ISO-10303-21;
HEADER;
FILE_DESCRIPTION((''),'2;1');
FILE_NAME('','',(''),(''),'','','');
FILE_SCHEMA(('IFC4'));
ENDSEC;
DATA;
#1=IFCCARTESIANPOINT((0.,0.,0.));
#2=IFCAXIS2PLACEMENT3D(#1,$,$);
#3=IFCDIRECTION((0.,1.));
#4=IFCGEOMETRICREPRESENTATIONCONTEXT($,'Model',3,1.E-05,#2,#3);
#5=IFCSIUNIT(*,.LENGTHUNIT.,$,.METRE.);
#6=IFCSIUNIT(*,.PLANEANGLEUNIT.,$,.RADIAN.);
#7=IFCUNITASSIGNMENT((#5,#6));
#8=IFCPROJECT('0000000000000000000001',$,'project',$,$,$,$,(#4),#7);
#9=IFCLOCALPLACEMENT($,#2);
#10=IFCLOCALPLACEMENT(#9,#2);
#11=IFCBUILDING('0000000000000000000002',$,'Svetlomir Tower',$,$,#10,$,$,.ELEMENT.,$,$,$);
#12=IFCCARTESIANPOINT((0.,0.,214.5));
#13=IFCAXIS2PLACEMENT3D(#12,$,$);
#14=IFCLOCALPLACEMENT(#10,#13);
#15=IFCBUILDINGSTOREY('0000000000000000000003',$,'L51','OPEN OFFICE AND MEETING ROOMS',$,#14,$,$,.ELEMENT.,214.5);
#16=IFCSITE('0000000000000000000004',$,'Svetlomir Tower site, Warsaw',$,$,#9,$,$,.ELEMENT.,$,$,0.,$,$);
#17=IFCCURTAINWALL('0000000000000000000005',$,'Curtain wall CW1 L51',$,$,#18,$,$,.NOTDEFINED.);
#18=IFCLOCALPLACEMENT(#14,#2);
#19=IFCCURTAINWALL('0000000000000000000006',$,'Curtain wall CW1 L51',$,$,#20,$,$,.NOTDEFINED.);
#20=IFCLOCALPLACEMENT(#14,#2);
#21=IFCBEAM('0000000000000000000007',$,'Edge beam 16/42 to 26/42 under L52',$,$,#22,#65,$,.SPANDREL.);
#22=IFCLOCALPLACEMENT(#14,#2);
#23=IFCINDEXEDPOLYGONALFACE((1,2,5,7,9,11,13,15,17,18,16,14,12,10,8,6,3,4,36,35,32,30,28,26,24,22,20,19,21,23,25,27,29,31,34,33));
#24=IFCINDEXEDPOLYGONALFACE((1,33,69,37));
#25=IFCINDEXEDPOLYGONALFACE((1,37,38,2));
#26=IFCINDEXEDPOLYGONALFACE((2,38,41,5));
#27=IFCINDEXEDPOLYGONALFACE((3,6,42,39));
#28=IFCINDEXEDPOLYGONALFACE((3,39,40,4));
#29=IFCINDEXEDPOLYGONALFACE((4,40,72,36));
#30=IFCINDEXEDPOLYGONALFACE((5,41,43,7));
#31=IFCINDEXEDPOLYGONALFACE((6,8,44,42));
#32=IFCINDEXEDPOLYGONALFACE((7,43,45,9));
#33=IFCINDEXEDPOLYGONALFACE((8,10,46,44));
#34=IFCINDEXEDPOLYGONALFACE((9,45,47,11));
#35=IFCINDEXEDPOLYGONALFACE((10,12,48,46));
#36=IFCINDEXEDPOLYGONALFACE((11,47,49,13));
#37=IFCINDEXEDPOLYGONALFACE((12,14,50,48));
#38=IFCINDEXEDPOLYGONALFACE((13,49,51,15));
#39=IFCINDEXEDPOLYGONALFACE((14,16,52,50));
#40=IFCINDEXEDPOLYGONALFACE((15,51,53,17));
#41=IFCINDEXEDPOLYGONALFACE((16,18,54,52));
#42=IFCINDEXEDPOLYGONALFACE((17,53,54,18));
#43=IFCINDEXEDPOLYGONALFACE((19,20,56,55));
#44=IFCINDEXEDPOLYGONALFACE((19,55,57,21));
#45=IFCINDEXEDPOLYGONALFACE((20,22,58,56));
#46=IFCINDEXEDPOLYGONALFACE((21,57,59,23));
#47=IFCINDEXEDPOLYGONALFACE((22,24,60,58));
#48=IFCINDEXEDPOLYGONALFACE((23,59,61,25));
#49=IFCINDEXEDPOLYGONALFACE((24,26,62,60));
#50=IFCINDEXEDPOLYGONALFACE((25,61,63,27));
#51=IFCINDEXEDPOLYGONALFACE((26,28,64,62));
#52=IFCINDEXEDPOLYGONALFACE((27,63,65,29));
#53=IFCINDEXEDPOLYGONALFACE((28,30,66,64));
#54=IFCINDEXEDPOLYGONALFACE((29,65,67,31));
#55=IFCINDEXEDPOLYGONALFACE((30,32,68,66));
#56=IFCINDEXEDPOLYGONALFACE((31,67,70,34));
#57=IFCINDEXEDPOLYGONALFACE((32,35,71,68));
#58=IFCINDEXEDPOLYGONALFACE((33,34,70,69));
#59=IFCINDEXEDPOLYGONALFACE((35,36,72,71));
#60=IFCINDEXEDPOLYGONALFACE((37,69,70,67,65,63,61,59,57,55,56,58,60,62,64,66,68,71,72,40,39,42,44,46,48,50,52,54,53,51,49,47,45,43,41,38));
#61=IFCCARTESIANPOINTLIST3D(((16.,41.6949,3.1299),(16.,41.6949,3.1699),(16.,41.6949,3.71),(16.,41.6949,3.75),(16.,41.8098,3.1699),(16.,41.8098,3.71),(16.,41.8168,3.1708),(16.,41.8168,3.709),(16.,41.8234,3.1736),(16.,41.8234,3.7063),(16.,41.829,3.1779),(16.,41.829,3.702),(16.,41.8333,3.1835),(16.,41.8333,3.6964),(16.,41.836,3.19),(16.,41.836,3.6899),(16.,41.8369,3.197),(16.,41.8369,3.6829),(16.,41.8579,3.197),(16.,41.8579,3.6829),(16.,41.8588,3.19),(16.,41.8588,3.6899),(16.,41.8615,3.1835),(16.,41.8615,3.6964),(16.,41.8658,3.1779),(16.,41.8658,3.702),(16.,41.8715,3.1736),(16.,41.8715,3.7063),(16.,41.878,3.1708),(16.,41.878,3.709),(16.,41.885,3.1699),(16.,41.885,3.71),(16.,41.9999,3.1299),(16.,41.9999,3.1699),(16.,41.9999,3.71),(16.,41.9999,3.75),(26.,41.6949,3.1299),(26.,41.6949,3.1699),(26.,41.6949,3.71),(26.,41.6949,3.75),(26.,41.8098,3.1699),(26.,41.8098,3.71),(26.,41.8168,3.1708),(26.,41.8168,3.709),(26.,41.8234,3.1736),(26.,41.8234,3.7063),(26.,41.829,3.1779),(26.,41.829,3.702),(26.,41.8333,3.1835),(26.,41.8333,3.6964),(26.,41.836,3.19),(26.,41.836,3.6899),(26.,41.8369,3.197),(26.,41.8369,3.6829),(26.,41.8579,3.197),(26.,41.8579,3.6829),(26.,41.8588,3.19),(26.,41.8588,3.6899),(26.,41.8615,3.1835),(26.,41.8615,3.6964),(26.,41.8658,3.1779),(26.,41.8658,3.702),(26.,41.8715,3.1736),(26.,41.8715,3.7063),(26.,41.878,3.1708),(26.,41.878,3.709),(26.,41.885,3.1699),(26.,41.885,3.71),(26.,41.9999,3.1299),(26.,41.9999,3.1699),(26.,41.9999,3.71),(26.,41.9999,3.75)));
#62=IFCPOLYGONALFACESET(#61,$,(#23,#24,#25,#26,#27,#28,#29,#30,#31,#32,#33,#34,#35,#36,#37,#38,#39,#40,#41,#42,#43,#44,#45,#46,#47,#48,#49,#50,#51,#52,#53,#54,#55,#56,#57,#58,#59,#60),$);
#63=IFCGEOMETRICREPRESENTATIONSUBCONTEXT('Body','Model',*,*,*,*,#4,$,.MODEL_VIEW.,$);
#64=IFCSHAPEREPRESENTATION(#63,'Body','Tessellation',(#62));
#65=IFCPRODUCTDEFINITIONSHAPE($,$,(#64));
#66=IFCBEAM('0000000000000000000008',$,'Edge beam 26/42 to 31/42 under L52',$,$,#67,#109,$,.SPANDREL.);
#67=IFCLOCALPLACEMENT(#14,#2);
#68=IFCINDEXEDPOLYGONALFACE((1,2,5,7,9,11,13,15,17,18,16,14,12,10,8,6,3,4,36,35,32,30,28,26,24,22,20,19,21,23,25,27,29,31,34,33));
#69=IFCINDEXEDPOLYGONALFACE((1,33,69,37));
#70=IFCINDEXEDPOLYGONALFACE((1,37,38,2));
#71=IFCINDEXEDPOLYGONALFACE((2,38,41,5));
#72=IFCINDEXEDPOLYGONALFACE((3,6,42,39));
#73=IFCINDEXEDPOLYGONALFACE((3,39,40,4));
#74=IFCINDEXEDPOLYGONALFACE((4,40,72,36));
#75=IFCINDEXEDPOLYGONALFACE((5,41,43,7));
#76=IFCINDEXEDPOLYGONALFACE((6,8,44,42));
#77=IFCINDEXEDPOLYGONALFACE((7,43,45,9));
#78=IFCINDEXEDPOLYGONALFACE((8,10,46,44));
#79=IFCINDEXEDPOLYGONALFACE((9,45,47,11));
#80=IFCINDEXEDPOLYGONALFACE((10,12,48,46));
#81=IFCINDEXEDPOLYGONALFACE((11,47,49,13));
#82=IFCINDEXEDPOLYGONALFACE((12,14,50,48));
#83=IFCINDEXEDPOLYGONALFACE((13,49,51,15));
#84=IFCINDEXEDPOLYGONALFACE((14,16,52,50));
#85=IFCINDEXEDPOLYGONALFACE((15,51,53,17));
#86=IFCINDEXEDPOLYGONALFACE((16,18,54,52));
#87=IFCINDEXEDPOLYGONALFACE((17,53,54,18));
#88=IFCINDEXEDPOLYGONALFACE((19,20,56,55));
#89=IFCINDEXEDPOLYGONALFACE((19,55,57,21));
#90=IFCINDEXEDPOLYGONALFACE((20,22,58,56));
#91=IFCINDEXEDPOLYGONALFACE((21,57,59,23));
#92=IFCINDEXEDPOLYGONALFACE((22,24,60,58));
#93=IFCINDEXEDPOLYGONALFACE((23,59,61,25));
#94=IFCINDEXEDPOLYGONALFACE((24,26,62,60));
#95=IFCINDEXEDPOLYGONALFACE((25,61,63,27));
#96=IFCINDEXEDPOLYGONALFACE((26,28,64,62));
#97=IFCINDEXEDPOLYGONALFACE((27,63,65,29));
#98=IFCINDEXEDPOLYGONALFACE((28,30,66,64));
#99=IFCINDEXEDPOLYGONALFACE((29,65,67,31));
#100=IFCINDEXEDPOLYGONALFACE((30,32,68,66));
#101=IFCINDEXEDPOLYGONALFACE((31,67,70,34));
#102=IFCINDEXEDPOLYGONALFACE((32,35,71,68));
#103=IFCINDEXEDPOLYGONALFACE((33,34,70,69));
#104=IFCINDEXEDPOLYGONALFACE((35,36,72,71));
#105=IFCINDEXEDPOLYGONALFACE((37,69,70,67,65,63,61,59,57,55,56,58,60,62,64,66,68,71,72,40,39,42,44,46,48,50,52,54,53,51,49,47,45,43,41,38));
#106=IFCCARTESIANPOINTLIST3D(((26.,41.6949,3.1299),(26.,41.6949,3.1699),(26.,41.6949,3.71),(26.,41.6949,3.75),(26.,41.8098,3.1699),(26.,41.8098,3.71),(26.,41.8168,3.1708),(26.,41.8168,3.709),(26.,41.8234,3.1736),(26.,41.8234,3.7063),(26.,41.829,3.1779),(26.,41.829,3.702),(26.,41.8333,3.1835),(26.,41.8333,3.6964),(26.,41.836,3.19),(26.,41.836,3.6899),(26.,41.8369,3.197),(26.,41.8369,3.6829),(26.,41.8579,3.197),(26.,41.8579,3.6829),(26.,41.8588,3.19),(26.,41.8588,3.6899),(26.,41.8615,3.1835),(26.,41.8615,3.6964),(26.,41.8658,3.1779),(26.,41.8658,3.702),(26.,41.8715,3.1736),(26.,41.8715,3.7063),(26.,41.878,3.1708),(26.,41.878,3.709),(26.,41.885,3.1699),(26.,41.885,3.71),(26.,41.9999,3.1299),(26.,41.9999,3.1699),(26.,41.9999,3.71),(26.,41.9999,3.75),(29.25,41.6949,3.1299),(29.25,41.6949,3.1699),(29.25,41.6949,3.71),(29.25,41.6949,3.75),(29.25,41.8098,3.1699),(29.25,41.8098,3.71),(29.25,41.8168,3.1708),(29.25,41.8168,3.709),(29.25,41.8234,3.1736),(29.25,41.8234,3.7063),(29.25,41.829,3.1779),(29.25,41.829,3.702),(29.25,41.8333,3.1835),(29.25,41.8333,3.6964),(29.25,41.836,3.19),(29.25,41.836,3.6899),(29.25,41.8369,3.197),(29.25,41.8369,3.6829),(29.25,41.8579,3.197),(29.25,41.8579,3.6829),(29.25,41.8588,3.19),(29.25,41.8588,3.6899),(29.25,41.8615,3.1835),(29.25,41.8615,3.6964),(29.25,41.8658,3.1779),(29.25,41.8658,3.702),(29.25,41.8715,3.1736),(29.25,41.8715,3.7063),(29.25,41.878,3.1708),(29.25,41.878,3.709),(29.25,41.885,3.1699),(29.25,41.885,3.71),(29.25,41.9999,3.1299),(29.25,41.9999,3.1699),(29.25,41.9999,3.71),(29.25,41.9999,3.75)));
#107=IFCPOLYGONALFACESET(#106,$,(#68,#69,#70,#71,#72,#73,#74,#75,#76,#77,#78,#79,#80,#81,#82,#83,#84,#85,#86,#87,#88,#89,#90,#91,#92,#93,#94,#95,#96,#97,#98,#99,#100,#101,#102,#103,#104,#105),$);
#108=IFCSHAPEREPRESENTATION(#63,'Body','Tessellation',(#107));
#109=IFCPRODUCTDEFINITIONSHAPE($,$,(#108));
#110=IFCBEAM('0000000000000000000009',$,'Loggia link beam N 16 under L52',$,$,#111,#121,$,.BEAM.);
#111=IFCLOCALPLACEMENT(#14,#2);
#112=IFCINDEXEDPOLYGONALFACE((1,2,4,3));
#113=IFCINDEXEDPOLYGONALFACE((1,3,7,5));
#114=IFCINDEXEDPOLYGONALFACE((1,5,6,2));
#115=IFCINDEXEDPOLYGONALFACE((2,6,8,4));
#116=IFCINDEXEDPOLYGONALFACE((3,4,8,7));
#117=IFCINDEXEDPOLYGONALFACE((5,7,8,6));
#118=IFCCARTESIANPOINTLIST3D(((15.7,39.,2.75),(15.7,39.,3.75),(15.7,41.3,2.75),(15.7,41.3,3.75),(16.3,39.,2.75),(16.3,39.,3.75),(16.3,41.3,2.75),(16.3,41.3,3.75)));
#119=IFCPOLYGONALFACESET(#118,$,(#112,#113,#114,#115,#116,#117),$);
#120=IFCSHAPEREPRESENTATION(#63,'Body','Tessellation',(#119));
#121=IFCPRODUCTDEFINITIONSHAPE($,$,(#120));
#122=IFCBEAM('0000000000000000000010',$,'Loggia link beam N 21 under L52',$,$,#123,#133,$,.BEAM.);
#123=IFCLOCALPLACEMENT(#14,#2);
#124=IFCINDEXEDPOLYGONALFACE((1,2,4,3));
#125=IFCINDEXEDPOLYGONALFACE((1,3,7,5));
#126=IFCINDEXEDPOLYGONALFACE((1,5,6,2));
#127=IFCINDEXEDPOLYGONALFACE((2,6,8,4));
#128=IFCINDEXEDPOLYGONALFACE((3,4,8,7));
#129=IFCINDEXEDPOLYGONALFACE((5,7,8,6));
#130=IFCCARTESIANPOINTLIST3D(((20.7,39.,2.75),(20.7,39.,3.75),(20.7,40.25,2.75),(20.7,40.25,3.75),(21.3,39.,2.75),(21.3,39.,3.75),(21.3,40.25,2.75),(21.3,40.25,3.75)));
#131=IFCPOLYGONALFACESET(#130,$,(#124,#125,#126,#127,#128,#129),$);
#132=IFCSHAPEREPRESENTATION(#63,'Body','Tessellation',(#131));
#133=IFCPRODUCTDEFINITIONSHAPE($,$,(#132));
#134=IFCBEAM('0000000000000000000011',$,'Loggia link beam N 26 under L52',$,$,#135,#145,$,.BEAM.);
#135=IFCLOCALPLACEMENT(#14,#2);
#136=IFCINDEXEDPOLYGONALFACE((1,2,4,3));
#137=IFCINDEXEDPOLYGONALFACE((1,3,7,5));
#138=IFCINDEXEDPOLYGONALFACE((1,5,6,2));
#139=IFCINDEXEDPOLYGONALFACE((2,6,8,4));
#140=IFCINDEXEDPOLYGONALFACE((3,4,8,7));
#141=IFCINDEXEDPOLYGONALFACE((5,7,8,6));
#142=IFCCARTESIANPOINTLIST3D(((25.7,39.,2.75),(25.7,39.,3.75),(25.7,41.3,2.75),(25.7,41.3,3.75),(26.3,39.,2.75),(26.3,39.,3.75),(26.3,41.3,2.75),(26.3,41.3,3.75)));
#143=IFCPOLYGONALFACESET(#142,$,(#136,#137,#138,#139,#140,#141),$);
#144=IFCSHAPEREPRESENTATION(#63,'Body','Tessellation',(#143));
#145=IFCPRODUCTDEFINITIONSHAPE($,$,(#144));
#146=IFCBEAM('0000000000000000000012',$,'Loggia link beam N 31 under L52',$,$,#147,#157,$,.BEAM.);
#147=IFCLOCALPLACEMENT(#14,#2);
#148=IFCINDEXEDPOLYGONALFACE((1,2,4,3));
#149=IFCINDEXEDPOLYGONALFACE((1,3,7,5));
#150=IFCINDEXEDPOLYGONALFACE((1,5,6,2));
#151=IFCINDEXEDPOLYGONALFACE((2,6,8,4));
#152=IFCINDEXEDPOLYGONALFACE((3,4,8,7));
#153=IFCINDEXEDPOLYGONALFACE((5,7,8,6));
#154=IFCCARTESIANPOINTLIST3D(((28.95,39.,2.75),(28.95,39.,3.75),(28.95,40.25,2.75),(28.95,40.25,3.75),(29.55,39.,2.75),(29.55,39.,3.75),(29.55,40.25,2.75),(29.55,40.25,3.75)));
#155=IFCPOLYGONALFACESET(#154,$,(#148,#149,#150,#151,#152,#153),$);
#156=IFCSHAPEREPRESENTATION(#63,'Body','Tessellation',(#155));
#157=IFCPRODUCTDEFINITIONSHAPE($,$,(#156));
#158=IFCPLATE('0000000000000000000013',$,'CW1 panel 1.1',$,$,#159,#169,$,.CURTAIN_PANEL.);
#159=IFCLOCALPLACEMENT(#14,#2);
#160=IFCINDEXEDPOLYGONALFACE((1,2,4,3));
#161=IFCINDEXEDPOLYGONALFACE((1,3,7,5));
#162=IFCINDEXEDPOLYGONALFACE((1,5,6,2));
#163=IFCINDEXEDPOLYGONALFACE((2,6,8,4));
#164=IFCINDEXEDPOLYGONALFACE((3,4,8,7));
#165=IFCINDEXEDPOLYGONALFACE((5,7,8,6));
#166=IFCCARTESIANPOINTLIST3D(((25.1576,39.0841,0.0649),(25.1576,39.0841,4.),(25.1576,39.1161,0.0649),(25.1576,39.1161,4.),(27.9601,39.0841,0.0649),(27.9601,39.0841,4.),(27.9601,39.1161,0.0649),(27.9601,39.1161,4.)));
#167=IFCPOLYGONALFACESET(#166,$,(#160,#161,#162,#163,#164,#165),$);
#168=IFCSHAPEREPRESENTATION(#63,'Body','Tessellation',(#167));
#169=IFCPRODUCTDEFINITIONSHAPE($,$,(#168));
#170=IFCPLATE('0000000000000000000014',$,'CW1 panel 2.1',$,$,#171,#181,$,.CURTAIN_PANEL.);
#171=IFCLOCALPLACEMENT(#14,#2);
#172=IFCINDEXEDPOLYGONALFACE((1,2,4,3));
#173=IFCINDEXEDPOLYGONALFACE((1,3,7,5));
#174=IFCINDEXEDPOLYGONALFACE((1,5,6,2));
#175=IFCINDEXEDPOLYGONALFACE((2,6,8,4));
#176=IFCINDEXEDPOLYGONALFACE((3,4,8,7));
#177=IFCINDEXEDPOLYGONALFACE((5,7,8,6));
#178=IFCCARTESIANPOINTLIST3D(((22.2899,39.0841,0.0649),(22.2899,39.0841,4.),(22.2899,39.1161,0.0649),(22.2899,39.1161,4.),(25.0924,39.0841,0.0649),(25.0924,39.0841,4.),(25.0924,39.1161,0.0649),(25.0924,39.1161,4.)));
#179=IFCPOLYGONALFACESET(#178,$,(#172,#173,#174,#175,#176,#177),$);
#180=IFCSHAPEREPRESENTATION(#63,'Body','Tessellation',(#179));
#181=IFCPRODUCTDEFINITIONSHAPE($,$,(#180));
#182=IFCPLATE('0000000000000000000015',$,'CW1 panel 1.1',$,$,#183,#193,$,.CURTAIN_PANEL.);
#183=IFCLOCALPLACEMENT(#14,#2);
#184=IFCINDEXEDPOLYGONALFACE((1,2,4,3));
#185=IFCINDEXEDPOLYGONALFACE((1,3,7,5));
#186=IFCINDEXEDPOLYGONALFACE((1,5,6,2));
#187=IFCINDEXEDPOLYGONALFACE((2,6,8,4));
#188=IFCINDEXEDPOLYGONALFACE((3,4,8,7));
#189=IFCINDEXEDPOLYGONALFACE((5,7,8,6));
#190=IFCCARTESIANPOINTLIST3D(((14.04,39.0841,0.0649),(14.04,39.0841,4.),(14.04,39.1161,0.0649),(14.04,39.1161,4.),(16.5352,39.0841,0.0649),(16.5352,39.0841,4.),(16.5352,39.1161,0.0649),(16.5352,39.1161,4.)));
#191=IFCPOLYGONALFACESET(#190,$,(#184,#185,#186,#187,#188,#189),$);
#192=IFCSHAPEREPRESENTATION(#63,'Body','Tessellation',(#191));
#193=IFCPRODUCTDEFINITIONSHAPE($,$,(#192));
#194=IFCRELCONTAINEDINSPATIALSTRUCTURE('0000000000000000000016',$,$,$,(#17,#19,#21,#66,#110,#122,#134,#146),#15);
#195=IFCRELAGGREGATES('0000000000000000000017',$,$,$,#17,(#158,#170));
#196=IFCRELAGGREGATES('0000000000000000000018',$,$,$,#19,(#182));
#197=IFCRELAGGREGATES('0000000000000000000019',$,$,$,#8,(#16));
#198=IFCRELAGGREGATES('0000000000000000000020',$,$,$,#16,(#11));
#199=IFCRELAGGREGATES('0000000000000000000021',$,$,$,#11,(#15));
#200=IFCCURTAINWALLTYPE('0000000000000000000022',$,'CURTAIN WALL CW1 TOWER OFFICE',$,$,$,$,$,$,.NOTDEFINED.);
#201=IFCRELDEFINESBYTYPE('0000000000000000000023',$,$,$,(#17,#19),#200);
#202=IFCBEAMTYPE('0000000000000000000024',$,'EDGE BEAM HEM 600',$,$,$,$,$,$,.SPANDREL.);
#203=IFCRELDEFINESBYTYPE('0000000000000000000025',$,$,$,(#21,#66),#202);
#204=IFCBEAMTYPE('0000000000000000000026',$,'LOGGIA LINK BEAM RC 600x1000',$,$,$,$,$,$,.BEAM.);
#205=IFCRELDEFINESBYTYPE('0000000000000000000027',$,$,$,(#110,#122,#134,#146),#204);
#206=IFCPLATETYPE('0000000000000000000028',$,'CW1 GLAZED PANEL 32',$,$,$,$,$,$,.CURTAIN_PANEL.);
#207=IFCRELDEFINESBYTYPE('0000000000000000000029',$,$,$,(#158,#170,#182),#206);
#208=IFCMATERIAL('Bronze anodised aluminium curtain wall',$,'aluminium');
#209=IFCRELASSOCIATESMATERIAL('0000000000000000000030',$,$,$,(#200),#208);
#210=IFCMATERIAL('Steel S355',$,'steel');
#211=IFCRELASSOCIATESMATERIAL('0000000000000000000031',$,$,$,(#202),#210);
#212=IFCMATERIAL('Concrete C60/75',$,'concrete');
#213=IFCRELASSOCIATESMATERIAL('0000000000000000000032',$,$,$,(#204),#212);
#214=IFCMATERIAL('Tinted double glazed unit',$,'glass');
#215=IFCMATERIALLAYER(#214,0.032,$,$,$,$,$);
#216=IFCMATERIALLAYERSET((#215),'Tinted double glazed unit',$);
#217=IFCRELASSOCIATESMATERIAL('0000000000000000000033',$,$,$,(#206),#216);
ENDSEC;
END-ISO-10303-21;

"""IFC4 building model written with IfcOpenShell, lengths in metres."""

from ifc_helpers import new_model, si_unit, direction, frame, origin, origin_2d, place, context, subcontext, project, spatial, rectangle, i_section, extrude, material, layer, layer_set, material_profile, profile_set, type_object, element, aggregate, save


model = new_model("IFC4")

# Units and contexts
model_context = context("Model", 3, precision=1e-05, world=origin(), true_north=direction((0.0, 1.0)))
body_context = subcontext(model_context, "Body", "Model", "MODEL_VIEW")
ifc_project = project(units=[si_unit("LENGTHUNIT", "METRE"), si_unit("PLANEANGLEUNIT", "RADIAN")], contexts=[model_context])

# Site, building, storey
site_placement = place(None, origin())
site = spatial("IfcSite", under=ifc_project, at=site_placement, Name="Svetlomir Tower site, Warsaw", CompositionType="ELEMENT", RefElevation=0.0)
building_placement = place(site_placement, origin())
building = spatial("IfcBuilding", under=site, at=building_placement, Name="Svetlomir Tower", CompositionType="ELEMENT")
storey_placement = place(building_placement, frame((0.0, 0.0, 214.5)))
storey = spatial("IfcBuildingStorey", under=building, at=storey_placement, Name="L51", Description="OPEN OFFICE AND MEETING ROOMS", CompositionType="ELEMENT", Elevation=214.5)

# Curtain wall
ifc_material_1 = material(Name="Bronze anodised aluminium curtain wall", Category="aluminium")
curtain_wall_type = type_object("IfcCurtainWallType", Name="CURTAIN WALL CW1 TOWER OFFICE", PredefinedType="NOTDEFINED", material=ifc_material_1)
curtain_wall_1_placement = place(storey_placement, origin())
curtain_wall_1 = element("IfcCurtainWall", 1, at=curtain_wall_1_placement, inside=storey, type_object=curtain_wall_type, Name="Curtain wall CW1 L51", PredefinedType="NOTDEFINED")

# Curtain wall
curtain_wall_2_placement = place(storey_placement, origin())
curtain_wall_2 = element("IfcCurtainWall", 2, at=curtain_wall_2_placement, inside=storey, type_object=curtain_wall_type, Name="Curtain wall CW1 L51", PredefinedType="NOTDEFINED")

# Beams
ifc_material_2 = material(Name="Steel S355", Category="steel")
ifc_material_profile_1 = material_profile(ifc_material_2, i_section(OverallWidth=0.3049, OverallDepth=0.6201, WebThickness=0.021, FlangeThickness=0.04, FilletRadius=0.0271, at=origin_2d()), Name="HEM 600")
ifc_profile_set_1 = profile_set([ifc_material_profile_1], Name="Steel S355")
beam_type_1 = type_object("IfcBeamType", Name="EDGE BEAM HEM 600", PredefinedType="SPANDREL", material=ifc_profile_set_1)
beam_1_placement = place(storey_placement, frame((16.0, 41.8474, 3.4399), z_axis=(1.0, 0.0, 0.0), x_axis=(0.0, 1.0, 0.0)))
element("IfcBeam", 3, at=beam_1_placement, inside=storey, type_object=beam_type_1, Name="Edge beam 16/42 to 26/42 under L52", PredefinedType="SPANDREL", context=body_context, shape_type="SweptSolid", body=[
    extrude(i_section(OverallWidth=0.3049, OverallDepth=0.6201, WebThickness=0.021, FlangeThickness=0.04, FilletRadius=0.0271, at=origin_2d()), origin(), (0.0, 0.0, 1.0), 10.0),
])
beam_2_placement = place(storey_placement, frame((26.0, 41.8474, 3.4399), z_axis=(1.0, 0.0, 0.0), x_axis=(0.0, 1.0, 0.0)))
element("IfcBeam", 4, at=beam_2_placement, inside=storey, type_object=beam_type_1, Name="Edge beam 26/42 to 31/42 under L52", PredefinedType="SPANDREL", context=body_context, shape_type="SweptSolid", body=[
    extrude(i_section(OverallWidth=0.3049, OverallDepth=0.6201, WebThickness=0.021, FlangeThickness=0.04, FilletRadius=0.0271, at=origin_2d()), origin(), (0.0, 0.0, 1.0), 3.25),
])
ifc_material_3 = material(Name="Concrete C60/75", Category="concrete")
ifc_material_profile_2 = material_profile(ifc_material_3, rectangle(XDim=0.6001, YDim=1.0, at=origin_2d()), Name="RC 600x1000")
ifc_profile_set_2 = profile_set([ifc_material_profile_2], Name="Concrete C60/75")
beam_type_2 = type_object("IfcBeamType", Name="LOGGIA LINK BEAM RC 600x1000", PredefinedType="BEAM", material=ifc_profile_set_2)
beam_3_placement = place(storey_placement, frame((16.0, 41.3, 3.25), z_axis=(0.0, -1.0, 0.0), x_axis=(1.0, 0.0, 0.0)))
element("IfcBeam", 5, at=beam_3_placement, inside=storey, type_object=beam_type_2, Name="Loggia link beam N 16 under L52", PredefinedType="BEAM", context=body_context, shape_type="SweptSolid", body=[
    extrude(rectangle(XDim=0.6001, YDim=1.0, at=origin_2d()), origin(), (0.0, 0.0, 1.0), 2.3),
])
beam_4_placement = place(storey_placement, frame((21.0, 40.25, 3.25), z_axis=(0.0, -1.0, 0.0), x_axis=(1.0, 0.0, 0.0)))
element("IfcBeam", 6, at=beam_4_placement, inside=storey, type_object=beam_type_2, Name="Loggia link beam N 21 under L52", PredefinedType="BEAM", context=body_context, shape_type="SweptSolid", body=[
    extrude(rectangle(XDim=0.6001, YDim=1.0, at=origin_2d()), origin(), (0.0, 0.0, 1.0), 1.25),
])
beam_5_placement = place(storey_placement, frame((26.0, 41.3, 3.25), z_axis=(0.0, -1.0, 0.0), x_axis=(1.0, 0.0, 0.0)))
element("IfcBeam", 7, at=beam_5_placement, inside=storey, type_object=beam_type_2, Name="Loggia link beam N 26 under L52", PredefinedType="BEAM", context=body_context, shape_type="SweptSolid", body=[
    extrude(rectangle(XDim=0.6001, YDim=1.0, at=origin_2d()), origin(), (0.0, 0.0, 1.0), 2.3),
])
beam_6_placement = place(storey_placement, frame((29.25, 40.25, 3.25), z_axis=(0.0, -1.0, 0.0), x_axis=(1.0, 0.0, 0.0)))
element("IfcBeam", 8, at=beam_6_placement, inside=storey, type_object=beam_type_2, Name="Loggia link beam N 31 under L52", PredefinedType="BEAM", context=body_context, shape_type="SweptSolid", body=[
    extrude(rectangle(XDim=0.6001, YDim=1.0, at=origin_2d()), origin(), (0.0, 0.0, 1.0), 1.25),
])

# Plates
ifc_material_4 = material(Name="Tinted double glazed unit", Category="glass")
ifc_layer_1 = layer(ifc_material_4, 0.032)
ifc_layer_set_1 = layer_set([ifc_layer_1], Name="Tinted double glazed unit")
plate_type = type_object("IfcPlateType", Name="CW1 GLAZED PANEL 32", PredefinedType="CURTAIN_PANEL", material=ifc_layer_set_1)
plate_1_placement = place(storey_placement, frame((26.5588, 39.1001, 0.0649), z_axis=(0.0, 0.0, 1.0), x_axis=(-1.0, 0.0, 0.0)))
plate_1 = element("IfcPlate", 9, at=plate_1_placement, type_object=plate_type, Name="CW1 panel 1.1", PredefinedType="CURTAIN_PANEL", context=body_context, shape_type="SweptSolid", body=[
    extrude(rectangle(XDim=2.8025, YDim=0.032, at=origin_2d()), origin(), (0.0, 0.0, 1.0), 3.9351),
])
plate_2_placement = place(storey_placement, frame((23.6912, 39.1001, 0.0649), z_axis=(0.0, 0.0, 1.0), x_axis=(-1.0, 0.0, 0.0)))
plate_2 = element("IfcPlate", 10, at=plate_2_placement, type_object=plate_type, Name="CW1 panel 2.1", PredefinedType="CURTAIN_PANEL", context=body_context, shape_type="SweptSolid", body=[
    extrude(rectangle(XDim=2.8025, YDim=0.032, at=origin_2d()), origin(), (0.0, 0.0, 1.0), 3.9351),
])
aggregate(curtain_wall_1, [plate_1, plate_2])
plate_3_placement = place(storey_placement, frame((15.2876, 39.1001, 0.0649), z_axis=(0.0, 0.0, 1.0), x_axis=(-1.0, 0.0, 0.0)))
plate_3 = element("IfcPlate", 11, at=plate_3_placement, type_object=plate_type, Name="CW1 panel 1.1", PredefinedType="CURTAIN_PANEL", context=body_context, shape_type="SweptSolid", body=[
    extrude(rectangle(XDim=2.4951, YDim=0.032, at=origin_2d()), origin(), (0.0, 0.0, 1.0), 3.9351),
])
aggregate(curtain_wall_2, [plate_3])

save(model, "model.ifc")
